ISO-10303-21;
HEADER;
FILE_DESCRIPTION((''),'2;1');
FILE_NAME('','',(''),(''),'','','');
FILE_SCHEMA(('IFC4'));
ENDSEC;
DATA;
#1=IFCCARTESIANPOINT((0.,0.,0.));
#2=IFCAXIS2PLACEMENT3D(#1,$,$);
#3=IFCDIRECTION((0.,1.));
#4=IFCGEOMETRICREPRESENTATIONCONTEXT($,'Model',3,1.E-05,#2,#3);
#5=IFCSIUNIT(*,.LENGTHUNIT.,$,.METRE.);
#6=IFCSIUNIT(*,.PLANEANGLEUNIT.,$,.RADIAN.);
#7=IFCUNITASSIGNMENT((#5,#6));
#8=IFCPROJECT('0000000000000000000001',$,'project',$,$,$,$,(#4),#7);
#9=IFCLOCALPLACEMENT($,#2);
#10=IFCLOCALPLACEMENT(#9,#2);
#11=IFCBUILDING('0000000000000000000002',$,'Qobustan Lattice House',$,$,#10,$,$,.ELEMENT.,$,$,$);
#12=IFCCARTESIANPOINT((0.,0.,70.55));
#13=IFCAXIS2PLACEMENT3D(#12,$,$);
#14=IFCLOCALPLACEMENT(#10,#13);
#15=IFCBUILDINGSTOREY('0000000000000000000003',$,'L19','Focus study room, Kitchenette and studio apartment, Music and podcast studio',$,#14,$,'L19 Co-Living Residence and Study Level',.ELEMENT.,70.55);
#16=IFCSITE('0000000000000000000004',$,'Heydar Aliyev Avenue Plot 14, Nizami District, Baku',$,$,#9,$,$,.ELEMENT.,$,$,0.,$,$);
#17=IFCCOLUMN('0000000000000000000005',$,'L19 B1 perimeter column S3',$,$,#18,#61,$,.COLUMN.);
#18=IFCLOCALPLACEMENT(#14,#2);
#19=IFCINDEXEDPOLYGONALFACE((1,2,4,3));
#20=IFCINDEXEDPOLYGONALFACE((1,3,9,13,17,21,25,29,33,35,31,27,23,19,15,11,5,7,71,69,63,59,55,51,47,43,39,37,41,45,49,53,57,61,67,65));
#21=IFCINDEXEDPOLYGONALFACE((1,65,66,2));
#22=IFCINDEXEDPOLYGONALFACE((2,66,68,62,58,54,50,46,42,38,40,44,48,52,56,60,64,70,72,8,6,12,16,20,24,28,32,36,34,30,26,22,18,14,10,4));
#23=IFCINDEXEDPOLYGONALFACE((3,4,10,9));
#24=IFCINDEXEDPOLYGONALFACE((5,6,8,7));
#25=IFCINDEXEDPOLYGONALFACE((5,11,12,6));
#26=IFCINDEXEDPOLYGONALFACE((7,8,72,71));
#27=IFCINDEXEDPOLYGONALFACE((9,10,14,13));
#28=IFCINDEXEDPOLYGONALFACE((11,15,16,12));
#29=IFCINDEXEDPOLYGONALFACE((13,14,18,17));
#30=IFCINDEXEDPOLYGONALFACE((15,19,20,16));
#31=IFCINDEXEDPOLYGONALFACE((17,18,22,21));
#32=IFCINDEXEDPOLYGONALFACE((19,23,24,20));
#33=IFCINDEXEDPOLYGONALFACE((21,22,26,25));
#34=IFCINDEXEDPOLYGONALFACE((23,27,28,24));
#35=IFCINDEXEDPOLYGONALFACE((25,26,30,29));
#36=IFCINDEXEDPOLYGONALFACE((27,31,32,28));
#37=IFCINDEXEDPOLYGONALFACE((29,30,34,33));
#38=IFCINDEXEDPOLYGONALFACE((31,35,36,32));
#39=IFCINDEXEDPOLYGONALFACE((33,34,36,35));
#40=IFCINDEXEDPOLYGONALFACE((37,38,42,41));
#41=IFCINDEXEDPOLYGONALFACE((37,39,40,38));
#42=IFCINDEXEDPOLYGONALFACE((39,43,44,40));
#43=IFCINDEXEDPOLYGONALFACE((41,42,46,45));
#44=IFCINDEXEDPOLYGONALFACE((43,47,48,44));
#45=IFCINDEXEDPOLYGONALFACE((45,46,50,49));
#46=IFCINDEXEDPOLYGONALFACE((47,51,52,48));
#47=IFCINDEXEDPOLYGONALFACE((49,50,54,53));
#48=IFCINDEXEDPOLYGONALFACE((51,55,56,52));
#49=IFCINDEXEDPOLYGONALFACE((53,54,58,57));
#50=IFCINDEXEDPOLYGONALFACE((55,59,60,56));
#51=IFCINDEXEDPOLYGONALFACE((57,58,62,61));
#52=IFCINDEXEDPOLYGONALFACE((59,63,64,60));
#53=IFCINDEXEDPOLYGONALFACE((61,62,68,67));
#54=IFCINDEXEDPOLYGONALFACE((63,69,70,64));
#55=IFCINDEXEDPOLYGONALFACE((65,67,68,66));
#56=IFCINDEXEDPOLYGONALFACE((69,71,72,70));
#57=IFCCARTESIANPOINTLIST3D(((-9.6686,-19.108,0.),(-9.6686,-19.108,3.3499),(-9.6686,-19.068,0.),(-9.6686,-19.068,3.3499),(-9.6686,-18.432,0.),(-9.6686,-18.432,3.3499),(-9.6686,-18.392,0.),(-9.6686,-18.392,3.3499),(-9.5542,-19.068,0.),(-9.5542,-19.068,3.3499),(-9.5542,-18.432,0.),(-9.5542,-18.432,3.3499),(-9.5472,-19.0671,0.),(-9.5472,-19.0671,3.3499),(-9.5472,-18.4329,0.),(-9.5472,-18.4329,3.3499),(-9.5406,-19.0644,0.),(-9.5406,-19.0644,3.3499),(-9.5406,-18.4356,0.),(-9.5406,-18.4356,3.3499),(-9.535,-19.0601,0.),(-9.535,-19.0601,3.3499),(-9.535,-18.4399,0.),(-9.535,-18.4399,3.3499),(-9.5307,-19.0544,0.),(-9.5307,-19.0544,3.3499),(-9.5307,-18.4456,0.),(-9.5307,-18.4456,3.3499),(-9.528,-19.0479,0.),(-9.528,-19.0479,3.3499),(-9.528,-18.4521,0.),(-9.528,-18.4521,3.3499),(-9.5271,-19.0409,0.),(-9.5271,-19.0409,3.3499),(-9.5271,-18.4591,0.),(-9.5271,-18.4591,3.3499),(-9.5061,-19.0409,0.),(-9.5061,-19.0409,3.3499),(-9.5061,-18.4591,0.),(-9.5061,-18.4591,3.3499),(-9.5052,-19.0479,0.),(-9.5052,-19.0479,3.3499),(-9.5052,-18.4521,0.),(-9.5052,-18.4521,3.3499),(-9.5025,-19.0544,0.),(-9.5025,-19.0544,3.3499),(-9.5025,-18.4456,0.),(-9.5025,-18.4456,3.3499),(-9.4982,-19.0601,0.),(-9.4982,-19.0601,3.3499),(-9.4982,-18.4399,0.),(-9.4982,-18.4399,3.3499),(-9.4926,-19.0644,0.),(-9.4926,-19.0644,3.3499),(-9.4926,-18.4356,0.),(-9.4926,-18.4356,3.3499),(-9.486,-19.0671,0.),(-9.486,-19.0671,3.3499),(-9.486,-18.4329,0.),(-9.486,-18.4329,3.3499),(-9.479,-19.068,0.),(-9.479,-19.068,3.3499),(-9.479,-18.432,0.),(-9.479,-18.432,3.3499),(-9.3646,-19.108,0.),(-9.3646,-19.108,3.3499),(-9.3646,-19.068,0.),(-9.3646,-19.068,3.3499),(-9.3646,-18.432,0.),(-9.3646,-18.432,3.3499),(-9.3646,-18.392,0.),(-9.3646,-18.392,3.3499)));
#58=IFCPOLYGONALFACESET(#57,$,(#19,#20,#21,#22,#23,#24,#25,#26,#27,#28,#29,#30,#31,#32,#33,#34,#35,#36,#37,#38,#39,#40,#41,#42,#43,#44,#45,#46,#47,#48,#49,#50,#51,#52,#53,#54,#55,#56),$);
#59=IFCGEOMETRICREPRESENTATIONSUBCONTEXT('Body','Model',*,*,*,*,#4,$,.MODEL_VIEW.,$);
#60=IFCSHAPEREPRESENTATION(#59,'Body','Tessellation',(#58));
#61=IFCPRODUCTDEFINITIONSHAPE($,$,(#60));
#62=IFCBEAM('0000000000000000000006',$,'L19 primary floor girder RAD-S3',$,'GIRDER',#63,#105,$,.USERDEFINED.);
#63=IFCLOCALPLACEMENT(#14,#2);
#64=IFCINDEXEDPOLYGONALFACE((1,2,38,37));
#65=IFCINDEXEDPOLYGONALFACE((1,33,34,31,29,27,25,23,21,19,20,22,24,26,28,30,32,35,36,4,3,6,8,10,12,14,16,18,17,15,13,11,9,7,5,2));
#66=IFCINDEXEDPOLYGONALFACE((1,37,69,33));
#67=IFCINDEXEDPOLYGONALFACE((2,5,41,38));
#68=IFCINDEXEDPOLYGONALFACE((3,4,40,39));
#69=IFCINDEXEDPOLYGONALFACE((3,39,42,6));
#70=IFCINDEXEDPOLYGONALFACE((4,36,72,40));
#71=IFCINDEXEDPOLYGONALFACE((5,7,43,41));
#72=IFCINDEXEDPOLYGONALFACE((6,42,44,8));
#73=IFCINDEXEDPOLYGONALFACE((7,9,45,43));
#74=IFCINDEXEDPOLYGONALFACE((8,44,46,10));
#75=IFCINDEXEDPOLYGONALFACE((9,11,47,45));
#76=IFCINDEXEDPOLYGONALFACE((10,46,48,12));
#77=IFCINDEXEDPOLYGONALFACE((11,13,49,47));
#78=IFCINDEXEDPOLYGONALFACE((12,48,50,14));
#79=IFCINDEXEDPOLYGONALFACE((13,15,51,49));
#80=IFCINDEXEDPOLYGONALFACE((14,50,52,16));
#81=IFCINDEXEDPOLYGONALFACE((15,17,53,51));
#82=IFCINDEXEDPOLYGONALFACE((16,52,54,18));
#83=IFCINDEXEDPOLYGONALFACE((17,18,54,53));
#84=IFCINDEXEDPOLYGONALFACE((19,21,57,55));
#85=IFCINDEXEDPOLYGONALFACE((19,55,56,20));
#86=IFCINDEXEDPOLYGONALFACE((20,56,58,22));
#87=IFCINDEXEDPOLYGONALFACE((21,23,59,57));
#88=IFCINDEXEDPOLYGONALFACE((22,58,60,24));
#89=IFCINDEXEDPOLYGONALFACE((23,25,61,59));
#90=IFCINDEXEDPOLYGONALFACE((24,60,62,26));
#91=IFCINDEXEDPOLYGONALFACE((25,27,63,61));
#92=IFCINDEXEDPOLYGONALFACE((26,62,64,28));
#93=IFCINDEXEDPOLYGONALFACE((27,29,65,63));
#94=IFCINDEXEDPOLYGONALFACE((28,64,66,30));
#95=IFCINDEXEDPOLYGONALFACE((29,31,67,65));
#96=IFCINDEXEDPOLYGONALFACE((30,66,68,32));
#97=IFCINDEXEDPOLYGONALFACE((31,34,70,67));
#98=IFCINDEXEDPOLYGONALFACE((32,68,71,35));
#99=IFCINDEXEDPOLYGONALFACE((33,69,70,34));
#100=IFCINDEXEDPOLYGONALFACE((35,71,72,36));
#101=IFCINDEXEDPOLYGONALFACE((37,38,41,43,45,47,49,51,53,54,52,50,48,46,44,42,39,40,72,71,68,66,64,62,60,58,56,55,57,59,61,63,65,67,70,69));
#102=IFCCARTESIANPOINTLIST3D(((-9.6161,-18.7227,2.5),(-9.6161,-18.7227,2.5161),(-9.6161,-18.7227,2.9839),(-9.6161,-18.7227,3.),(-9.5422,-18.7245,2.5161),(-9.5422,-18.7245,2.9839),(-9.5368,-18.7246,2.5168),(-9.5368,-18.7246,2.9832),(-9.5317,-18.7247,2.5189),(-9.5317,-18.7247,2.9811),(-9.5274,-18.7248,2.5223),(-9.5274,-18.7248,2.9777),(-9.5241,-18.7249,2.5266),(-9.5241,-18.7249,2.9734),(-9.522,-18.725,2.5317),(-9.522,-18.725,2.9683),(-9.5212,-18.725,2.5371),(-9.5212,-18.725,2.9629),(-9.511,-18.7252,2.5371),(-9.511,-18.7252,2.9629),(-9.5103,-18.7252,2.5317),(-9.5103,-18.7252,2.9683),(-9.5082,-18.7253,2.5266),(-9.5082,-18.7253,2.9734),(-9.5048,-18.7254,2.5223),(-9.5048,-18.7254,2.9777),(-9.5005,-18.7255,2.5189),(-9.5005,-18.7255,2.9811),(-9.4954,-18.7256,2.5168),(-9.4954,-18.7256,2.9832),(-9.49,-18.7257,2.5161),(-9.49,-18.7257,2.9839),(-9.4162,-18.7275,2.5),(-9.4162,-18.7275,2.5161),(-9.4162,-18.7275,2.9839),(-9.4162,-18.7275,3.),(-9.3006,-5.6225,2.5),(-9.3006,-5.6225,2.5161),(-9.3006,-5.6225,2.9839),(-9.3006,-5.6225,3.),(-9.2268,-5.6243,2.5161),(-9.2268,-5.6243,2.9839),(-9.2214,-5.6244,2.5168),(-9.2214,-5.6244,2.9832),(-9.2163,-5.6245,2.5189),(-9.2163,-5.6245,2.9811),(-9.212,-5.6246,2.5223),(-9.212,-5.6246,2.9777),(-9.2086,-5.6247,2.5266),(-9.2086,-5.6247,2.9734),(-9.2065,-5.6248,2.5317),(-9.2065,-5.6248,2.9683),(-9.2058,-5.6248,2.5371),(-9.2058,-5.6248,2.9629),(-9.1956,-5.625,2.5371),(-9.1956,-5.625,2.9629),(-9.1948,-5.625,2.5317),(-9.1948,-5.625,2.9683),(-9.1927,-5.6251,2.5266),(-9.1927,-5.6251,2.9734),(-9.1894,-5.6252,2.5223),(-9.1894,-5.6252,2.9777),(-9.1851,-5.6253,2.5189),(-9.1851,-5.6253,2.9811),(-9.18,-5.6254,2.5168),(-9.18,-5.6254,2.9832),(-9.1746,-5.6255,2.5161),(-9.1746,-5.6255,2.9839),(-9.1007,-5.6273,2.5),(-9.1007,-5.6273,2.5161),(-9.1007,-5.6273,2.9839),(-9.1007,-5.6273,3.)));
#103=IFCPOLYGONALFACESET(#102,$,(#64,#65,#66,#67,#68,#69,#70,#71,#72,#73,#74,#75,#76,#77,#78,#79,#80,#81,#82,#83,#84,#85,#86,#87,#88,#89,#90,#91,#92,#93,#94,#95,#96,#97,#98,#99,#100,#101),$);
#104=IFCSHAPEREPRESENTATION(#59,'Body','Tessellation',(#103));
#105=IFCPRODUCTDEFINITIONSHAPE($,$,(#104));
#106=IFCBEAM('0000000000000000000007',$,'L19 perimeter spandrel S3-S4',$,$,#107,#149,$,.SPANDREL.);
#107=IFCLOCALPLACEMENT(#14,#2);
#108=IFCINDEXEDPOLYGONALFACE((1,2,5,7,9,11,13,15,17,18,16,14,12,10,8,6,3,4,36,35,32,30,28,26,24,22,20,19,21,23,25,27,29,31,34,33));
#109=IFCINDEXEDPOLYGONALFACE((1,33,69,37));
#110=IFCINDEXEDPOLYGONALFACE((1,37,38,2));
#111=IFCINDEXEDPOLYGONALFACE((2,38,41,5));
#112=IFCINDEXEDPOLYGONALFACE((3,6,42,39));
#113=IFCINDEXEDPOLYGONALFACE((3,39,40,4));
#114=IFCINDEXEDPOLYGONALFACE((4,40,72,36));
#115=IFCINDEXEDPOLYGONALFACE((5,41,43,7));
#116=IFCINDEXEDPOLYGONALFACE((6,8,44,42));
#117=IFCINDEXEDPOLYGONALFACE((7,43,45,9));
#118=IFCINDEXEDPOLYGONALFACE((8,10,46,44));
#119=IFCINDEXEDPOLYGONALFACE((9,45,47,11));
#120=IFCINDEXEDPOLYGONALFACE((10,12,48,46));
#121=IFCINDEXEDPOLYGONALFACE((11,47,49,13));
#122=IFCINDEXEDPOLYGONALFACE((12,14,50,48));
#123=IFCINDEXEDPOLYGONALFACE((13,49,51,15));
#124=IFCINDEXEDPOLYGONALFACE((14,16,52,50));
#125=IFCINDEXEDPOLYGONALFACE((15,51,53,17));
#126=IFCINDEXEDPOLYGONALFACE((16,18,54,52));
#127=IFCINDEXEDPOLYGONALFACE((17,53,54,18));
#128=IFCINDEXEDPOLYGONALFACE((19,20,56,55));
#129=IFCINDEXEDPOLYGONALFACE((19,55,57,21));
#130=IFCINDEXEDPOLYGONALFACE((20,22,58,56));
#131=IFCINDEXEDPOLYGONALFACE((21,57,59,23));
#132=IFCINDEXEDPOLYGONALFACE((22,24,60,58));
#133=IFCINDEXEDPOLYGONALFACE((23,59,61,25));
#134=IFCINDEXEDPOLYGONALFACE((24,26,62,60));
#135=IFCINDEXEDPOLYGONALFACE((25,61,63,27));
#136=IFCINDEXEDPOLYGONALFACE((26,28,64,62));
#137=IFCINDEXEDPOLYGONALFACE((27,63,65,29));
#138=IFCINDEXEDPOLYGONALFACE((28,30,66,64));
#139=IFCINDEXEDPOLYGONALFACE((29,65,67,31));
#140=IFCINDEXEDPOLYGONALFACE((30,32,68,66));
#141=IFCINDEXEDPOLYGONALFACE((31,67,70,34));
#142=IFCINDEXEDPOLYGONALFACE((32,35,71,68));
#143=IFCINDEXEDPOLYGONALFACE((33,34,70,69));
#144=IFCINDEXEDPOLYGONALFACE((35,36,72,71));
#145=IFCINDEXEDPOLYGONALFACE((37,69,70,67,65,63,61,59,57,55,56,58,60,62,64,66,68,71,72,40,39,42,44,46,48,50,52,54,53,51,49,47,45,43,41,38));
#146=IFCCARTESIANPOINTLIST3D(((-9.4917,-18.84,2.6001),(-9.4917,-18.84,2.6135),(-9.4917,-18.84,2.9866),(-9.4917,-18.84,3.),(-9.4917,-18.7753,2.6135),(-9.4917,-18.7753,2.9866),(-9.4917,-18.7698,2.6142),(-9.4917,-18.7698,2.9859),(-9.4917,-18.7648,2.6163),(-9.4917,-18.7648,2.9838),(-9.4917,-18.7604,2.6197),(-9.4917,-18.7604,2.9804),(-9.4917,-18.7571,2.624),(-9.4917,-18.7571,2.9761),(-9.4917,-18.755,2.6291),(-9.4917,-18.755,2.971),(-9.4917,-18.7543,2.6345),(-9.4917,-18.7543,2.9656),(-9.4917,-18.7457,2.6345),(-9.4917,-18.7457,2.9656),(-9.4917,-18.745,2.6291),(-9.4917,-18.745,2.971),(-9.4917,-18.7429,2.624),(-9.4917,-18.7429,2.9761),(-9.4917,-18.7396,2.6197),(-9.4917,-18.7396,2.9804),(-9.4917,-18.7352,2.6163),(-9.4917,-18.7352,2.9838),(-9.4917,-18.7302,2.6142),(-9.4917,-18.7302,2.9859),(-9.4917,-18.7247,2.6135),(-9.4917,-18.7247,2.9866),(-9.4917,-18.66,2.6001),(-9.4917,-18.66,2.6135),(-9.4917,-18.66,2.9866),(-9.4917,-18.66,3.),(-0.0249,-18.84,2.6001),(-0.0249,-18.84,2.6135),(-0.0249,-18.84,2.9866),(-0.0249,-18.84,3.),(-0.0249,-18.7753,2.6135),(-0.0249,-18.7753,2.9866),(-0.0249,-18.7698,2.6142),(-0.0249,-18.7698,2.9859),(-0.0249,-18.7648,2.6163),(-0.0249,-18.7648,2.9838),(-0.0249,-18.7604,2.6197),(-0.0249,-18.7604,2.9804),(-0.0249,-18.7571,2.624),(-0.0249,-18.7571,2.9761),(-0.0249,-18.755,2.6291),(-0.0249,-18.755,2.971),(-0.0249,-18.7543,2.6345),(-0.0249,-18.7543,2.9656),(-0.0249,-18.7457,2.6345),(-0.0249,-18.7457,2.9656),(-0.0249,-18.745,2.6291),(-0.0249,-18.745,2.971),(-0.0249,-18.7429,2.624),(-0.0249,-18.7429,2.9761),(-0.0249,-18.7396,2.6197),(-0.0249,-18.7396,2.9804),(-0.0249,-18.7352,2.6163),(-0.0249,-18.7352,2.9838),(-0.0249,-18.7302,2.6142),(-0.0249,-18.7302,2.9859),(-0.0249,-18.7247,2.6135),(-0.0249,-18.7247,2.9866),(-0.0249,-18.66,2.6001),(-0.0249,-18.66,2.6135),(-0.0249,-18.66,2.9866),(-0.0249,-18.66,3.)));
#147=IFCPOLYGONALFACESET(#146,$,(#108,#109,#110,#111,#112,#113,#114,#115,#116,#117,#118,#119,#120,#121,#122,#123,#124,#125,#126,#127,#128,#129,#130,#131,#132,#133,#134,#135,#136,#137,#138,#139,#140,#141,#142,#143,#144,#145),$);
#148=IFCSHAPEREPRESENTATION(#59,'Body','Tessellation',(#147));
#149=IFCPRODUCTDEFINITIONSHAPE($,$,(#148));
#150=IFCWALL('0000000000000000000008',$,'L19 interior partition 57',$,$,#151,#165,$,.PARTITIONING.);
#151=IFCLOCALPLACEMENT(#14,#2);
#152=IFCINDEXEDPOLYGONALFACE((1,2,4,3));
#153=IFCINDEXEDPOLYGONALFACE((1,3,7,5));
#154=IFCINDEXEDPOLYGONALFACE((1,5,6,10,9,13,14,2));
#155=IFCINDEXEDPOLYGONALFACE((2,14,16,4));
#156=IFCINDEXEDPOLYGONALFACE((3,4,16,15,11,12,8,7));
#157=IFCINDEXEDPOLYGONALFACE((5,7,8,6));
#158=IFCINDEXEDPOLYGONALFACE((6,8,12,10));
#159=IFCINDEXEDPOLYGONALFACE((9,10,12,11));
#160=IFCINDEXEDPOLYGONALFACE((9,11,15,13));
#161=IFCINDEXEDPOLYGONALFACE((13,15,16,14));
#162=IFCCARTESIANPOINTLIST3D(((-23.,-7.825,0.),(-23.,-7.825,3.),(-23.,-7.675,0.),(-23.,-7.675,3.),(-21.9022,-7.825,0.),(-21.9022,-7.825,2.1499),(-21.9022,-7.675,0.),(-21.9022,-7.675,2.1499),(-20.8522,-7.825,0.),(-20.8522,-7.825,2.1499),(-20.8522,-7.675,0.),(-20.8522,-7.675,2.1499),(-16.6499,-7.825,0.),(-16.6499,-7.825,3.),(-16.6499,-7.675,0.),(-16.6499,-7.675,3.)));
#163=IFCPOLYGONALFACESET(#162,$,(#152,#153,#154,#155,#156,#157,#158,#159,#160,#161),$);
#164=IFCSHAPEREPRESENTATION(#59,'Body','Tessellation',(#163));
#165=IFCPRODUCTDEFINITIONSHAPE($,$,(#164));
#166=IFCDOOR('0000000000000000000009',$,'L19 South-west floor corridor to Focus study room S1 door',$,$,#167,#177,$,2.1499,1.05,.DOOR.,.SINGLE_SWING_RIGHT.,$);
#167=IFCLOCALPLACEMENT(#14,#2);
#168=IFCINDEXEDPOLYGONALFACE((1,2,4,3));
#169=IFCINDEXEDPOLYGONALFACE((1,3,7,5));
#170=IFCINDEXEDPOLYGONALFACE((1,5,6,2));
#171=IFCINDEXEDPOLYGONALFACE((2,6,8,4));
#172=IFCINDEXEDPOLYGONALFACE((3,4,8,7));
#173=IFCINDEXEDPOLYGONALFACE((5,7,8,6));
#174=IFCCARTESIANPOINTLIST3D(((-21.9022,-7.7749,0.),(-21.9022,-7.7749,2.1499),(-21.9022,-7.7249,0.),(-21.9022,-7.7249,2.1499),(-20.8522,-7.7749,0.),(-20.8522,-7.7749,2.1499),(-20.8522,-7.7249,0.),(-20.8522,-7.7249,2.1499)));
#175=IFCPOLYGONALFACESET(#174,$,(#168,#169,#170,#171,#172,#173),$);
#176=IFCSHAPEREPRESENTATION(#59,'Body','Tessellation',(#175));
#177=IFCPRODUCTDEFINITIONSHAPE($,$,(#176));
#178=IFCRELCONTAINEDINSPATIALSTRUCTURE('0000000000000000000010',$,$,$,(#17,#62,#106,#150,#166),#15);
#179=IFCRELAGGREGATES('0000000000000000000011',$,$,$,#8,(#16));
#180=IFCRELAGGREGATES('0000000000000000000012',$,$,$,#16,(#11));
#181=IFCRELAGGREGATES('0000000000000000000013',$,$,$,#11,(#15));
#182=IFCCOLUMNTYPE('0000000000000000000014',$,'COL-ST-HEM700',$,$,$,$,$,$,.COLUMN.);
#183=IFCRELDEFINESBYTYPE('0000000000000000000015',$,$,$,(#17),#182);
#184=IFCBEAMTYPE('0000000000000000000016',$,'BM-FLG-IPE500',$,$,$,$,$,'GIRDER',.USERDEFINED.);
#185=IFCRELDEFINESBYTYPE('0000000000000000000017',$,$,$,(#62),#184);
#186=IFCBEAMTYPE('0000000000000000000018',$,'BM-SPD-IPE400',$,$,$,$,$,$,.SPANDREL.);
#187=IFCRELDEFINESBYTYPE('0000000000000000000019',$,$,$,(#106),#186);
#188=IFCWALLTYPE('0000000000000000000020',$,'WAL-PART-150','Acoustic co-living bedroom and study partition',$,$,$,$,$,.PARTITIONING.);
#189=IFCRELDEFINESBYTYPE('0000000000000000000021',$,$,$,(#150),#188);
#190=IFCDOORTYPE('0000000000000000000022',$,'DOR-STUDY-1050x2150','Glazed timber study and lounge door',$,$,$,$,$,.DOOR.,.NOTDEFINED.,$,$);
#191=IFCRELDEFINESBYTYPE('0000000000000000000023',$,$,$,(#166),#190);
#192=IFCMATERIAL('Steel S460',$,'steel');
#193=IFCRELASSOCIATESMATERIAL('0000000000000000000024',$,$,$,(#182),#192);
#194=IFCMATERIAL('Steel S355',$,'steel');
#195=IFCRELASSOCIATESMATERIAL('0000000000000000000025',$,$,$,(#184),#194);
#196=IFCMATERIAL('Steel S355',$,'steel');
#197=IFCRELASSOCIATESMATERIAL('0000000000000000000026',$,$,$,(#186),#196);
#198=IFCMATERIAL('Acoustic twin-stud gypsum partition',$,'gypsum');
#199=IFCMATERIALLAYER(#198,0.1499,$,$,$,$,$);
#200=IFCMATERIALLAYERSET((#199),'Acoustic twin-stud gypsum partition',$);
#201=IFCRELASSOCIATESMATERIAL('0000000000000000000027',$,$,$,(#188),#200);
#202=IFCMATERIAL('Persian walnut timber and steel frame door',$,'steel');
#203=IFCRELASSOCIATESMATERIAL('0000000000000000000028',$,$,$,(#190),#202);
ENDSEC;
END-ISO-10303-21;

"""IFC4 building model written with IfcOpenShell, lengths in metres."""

from ifc_helpers import new_model, si_unit, direction, frame, frame_2d, origin, origin_2d, place, context, subcontext, project, spatial, rectangle, i_section, extrude, material, layer, layer_set, material_profile, profile_set, type_object, element, fill, save


model = new_model("IFC4")

# Units and contexts
model_context = context("Model", 3, precision=1e-05, world=origin(), true_north=direction((0.0, 1.0)))
body_context = subcontext(model_context, "Body", "Model", "MODEL_VIEW")
ifc_project = project(units=[si_unit("LENGTHUNIT", "METRE"), si_unit("PLANEANGLEUNIT", "RADIAN")], contexts=[model_context])

# Site, building, storey
site_placement = place(None, origin())
site = spatial("IfcSite", under=ifc_project, at=site_placement, Name="Heydar Aliyev Avenue Plot 14, Nizami District, Baku", CompositionType="ELEMENT", RefElevation=0.0)
building_placement = place(site_placement, origin())
building = spatial("IfcBuilding", under=site, at=building_placement, Name="Qobustan Lattice House", CompositionType="ELEMENT")
storey_placement = place(building_placement, frame((0.0, 0.0, 70.55)))
storey = spatial("IfcBuildingStorey", under=building, at=storey_placement, Name="L19", Description="Focus study room, Kitchenette and studio apartment, Music and podcast studio", LongName="L19 Co-Living Residence and Study Level", CompositionType="ELEMENT", Elevation=70.55)

# Column
ifc_material_1 = material(Name="Steel S460", Category="steel")
ifc_material_profile_1 = material_profile(ifc_material_1, i_section(OverallWidth=0.304, OverallDepth=0.7161, WebThickness=0.021, FlangeThickness=0.04, FilletRadius=0.0271, at=origin_2d()), Name="HEM700")
ifc_profile_set_1 = profile_set([ifc_material_profile_1], Name="Steel S460")
column_type = type_object("IfcColumnType", Name="COL-ST-HEM700", PredefinedType="COLUMN", material=ifc_profile_set_1)
column_placement = place(storey_placement, frame((-9.5166, -18.75, 0.0), z_axis=(0.0, 0.0, 1.0), x_axis=(1.0, 0.0, 0.0)))
element("IfcColumn", 1, at=column_placement, inside=storey, type_object=column_type, Name="L19 B1 perimeter column S3", PredefinedType="COLUMN", context=body_context, shape_type="SweptSolid", body=[
    extrude(i_section(OverallWidth=0.304, OverallDepth=0.7161, WebThickness=0.021, FlangeThickness=0.04, FilletRadius=0.0271, at=origin_2d()), origin(), (0.0, 0.0, 1.0), 3.3499),
])

# Beams
ifc_material_2 = material(Name="Steel S355", Category="steel")
ifc_material_profile_2 = material_profile(ifc_material_2, i_section(OverallWidth=0.2, OverallDepth=0.5, WebThickness=0.0103, FlangeThickness=0.0161, FilletRadius=0.021, at=origin_2d()), Name="IPE500")
ifc_profile_set_2 = profile_set([ifc_material_profile_2], Name="Steel S355")
beam_type_1 = type_object("IfcBeamType", Name="BM-FLG-IPE500", ElementType="GIRDER", PredefinedType="USERDEFINED", material=ifc_profile_set_2)
beam_1_placement = place(storey_placement, frame((-9.5161, -18.7251, 2.75), z_axis=(0.024071, 0.99971, 0.0), x_axis=(-0.99971, 0.024071, 0.0)))
element("IfcBeam", 2, at=beam_1_placement, inside=storey, type_object=beam_type_1, Name="L19 primary floor girder RAD-S3", ObjectType="GIRDER", PredefinedType="USERDEFINED", context=body_context, shape_type="SweptSolid", body=[
    extrude(i_section(OverallWidth=0.2, OverallDepth=0.5, WebThickness=0.0103, FlangeThickness=0.0161, FilletRadius=0.021, at=origin_2d()), origin(), (0.0, 0.0, 1.0), 13.104),
])
ifc_material_3 = material(Name="Steel S355", Category="steel")
ifc_material_profile_3 = material_profile(ifc_material_3, i_section(OverallWidth=0.1799, OverallDepth=0.3999, WebThickness=0.0085, FlangeThickness=0.0134, FilletRadius=0.021, at=origin_2d()), Name="IPE400")
ifc_profile_set_3 = profile_set([ifc_material_profile_3], Name="Steel S355")
beam_type_2 = type_object("IfcBeamType", Name="BM-SPD-IPE400", PredefinedType="SPANDREL", material=ifc_profile_set_3)
beam_2_placement = place(storey_placement, frame((-9.4917, -18.75, 2.8), z_axis=(1.0, 0.0, 0.0), x_axis=(0.0, 1.0, 0.0)))
element("IfcBeam", 3, at=beam_2_placement, inside=storey, type_object=beam_type_2, Name="L19 perimeter spandrel S3-S4", PredefinedType="SPANDREL", context=body_context, shape_type="SweptSolid", body=[
    extrude(i_section(OverallWidth=0.1799, OverallDepth=0.3999, WebThickness=0.0085, FlangeThickness=0.0134, FilletRadius=0.021, at=origin_2d()), origin(), (0.0, 0.0, 1.0), 9.4668),
])

# Wall, opening, door
ifc_material_4 = material(Name="Acoustic twin-stud gypsum partition", Category="gypsum")
ifc_layer_1 = layer(ifc_material_4, 0.1499)
ifc_layer_set_1 = layer_set([ifc_layer_1], Name="Acoustic twin-stud gypsum partition")
wall_type_1 = type_object("IfcWallType", Name="WAL-PART-150", Description="Acoustic co-living bedroom and study partition", PredefinedType="PARTITIONING", material=ifc_layer_set_1)
wall_1_placement = place(storey_placement, frame((-16.6499, -7.75, 0.0), z_axis=(0.0, 0.0, 1.0), x_axis=(-1.0, 0.0, 0.0)))
wall_1 = element("IfcWall", 4, at=wall_1_placement, inside=storey, type_object=wall_type_1, Name="L19 interior partition 57", PredefinedType="PARTITIONING", context=body_context, shape_type="SweptSolid", body=[
    extrude(rectangle(XDim=6.3501, YDim=0.1499, at=frame_2d((3.175, 0.0))), origin(), (0.0, 0.0, 1.0), 3.0),
])
opening_1_placement = place(wall_1_placement, frame((4.2024, 0.0, 0.0)))
opening_1 = element("IfcOpeningElement", 5, at=opening_1_placement, cuts=wall_1, PredefinedType="OPENING", context=body_context, shape_type="SweptSolid", body=[
    extrude(rectangle(XDim=1.05, YDim=2.1499, at=frame_2d((0.5249, 1.075))), frame((0.0, 0.085, 0.0), z_axis=(0.0, -1.0, 0.0), x_axis=(1.0, 0.0, 0.0)), (0.0, 0.0, 1.0), 0.1699),
])
ifc_material_5 = material(Name="Persian walnut timber and steel frame door", Category="steel")
door_type_1 = type_object("IfcDoorType", Name="DOR-STUDY-1050x2150", Description="Glazed timber study and lounge door", OperationType="NOTDEFINED", PredefinedType="DOOR", material=ifc_material_5)
door_1_placement = place(opening_1_placement, origin())
door_1 = element("IfcDoor", 6, at=door_1_placement, inside=storey, type_object=door_type_1, Name="L19 South-west floor corridor to Focus study room S1 door", OperationType="SINGLE_SWING_RIGHT", OverallHeight=2.1499, OverallWidth=1.05, PredefinedType="DOOR", context=body_context, shape_type="SweptSolid", body=[
    extrude(rectangle(XDim=1.05, YDim=2.1499, at=frame_2d((0.5249, 1.075))), frame((0.0, 0.0249, 0.0), z_axis=(0.0, -1.0, 0.0), x_axis=(1.0, 0.0, 0.0)), (0.0, 0.0, 1.0), 0.05),
])
fill(opening_1, door_1)

save(model, "model.ifc")
